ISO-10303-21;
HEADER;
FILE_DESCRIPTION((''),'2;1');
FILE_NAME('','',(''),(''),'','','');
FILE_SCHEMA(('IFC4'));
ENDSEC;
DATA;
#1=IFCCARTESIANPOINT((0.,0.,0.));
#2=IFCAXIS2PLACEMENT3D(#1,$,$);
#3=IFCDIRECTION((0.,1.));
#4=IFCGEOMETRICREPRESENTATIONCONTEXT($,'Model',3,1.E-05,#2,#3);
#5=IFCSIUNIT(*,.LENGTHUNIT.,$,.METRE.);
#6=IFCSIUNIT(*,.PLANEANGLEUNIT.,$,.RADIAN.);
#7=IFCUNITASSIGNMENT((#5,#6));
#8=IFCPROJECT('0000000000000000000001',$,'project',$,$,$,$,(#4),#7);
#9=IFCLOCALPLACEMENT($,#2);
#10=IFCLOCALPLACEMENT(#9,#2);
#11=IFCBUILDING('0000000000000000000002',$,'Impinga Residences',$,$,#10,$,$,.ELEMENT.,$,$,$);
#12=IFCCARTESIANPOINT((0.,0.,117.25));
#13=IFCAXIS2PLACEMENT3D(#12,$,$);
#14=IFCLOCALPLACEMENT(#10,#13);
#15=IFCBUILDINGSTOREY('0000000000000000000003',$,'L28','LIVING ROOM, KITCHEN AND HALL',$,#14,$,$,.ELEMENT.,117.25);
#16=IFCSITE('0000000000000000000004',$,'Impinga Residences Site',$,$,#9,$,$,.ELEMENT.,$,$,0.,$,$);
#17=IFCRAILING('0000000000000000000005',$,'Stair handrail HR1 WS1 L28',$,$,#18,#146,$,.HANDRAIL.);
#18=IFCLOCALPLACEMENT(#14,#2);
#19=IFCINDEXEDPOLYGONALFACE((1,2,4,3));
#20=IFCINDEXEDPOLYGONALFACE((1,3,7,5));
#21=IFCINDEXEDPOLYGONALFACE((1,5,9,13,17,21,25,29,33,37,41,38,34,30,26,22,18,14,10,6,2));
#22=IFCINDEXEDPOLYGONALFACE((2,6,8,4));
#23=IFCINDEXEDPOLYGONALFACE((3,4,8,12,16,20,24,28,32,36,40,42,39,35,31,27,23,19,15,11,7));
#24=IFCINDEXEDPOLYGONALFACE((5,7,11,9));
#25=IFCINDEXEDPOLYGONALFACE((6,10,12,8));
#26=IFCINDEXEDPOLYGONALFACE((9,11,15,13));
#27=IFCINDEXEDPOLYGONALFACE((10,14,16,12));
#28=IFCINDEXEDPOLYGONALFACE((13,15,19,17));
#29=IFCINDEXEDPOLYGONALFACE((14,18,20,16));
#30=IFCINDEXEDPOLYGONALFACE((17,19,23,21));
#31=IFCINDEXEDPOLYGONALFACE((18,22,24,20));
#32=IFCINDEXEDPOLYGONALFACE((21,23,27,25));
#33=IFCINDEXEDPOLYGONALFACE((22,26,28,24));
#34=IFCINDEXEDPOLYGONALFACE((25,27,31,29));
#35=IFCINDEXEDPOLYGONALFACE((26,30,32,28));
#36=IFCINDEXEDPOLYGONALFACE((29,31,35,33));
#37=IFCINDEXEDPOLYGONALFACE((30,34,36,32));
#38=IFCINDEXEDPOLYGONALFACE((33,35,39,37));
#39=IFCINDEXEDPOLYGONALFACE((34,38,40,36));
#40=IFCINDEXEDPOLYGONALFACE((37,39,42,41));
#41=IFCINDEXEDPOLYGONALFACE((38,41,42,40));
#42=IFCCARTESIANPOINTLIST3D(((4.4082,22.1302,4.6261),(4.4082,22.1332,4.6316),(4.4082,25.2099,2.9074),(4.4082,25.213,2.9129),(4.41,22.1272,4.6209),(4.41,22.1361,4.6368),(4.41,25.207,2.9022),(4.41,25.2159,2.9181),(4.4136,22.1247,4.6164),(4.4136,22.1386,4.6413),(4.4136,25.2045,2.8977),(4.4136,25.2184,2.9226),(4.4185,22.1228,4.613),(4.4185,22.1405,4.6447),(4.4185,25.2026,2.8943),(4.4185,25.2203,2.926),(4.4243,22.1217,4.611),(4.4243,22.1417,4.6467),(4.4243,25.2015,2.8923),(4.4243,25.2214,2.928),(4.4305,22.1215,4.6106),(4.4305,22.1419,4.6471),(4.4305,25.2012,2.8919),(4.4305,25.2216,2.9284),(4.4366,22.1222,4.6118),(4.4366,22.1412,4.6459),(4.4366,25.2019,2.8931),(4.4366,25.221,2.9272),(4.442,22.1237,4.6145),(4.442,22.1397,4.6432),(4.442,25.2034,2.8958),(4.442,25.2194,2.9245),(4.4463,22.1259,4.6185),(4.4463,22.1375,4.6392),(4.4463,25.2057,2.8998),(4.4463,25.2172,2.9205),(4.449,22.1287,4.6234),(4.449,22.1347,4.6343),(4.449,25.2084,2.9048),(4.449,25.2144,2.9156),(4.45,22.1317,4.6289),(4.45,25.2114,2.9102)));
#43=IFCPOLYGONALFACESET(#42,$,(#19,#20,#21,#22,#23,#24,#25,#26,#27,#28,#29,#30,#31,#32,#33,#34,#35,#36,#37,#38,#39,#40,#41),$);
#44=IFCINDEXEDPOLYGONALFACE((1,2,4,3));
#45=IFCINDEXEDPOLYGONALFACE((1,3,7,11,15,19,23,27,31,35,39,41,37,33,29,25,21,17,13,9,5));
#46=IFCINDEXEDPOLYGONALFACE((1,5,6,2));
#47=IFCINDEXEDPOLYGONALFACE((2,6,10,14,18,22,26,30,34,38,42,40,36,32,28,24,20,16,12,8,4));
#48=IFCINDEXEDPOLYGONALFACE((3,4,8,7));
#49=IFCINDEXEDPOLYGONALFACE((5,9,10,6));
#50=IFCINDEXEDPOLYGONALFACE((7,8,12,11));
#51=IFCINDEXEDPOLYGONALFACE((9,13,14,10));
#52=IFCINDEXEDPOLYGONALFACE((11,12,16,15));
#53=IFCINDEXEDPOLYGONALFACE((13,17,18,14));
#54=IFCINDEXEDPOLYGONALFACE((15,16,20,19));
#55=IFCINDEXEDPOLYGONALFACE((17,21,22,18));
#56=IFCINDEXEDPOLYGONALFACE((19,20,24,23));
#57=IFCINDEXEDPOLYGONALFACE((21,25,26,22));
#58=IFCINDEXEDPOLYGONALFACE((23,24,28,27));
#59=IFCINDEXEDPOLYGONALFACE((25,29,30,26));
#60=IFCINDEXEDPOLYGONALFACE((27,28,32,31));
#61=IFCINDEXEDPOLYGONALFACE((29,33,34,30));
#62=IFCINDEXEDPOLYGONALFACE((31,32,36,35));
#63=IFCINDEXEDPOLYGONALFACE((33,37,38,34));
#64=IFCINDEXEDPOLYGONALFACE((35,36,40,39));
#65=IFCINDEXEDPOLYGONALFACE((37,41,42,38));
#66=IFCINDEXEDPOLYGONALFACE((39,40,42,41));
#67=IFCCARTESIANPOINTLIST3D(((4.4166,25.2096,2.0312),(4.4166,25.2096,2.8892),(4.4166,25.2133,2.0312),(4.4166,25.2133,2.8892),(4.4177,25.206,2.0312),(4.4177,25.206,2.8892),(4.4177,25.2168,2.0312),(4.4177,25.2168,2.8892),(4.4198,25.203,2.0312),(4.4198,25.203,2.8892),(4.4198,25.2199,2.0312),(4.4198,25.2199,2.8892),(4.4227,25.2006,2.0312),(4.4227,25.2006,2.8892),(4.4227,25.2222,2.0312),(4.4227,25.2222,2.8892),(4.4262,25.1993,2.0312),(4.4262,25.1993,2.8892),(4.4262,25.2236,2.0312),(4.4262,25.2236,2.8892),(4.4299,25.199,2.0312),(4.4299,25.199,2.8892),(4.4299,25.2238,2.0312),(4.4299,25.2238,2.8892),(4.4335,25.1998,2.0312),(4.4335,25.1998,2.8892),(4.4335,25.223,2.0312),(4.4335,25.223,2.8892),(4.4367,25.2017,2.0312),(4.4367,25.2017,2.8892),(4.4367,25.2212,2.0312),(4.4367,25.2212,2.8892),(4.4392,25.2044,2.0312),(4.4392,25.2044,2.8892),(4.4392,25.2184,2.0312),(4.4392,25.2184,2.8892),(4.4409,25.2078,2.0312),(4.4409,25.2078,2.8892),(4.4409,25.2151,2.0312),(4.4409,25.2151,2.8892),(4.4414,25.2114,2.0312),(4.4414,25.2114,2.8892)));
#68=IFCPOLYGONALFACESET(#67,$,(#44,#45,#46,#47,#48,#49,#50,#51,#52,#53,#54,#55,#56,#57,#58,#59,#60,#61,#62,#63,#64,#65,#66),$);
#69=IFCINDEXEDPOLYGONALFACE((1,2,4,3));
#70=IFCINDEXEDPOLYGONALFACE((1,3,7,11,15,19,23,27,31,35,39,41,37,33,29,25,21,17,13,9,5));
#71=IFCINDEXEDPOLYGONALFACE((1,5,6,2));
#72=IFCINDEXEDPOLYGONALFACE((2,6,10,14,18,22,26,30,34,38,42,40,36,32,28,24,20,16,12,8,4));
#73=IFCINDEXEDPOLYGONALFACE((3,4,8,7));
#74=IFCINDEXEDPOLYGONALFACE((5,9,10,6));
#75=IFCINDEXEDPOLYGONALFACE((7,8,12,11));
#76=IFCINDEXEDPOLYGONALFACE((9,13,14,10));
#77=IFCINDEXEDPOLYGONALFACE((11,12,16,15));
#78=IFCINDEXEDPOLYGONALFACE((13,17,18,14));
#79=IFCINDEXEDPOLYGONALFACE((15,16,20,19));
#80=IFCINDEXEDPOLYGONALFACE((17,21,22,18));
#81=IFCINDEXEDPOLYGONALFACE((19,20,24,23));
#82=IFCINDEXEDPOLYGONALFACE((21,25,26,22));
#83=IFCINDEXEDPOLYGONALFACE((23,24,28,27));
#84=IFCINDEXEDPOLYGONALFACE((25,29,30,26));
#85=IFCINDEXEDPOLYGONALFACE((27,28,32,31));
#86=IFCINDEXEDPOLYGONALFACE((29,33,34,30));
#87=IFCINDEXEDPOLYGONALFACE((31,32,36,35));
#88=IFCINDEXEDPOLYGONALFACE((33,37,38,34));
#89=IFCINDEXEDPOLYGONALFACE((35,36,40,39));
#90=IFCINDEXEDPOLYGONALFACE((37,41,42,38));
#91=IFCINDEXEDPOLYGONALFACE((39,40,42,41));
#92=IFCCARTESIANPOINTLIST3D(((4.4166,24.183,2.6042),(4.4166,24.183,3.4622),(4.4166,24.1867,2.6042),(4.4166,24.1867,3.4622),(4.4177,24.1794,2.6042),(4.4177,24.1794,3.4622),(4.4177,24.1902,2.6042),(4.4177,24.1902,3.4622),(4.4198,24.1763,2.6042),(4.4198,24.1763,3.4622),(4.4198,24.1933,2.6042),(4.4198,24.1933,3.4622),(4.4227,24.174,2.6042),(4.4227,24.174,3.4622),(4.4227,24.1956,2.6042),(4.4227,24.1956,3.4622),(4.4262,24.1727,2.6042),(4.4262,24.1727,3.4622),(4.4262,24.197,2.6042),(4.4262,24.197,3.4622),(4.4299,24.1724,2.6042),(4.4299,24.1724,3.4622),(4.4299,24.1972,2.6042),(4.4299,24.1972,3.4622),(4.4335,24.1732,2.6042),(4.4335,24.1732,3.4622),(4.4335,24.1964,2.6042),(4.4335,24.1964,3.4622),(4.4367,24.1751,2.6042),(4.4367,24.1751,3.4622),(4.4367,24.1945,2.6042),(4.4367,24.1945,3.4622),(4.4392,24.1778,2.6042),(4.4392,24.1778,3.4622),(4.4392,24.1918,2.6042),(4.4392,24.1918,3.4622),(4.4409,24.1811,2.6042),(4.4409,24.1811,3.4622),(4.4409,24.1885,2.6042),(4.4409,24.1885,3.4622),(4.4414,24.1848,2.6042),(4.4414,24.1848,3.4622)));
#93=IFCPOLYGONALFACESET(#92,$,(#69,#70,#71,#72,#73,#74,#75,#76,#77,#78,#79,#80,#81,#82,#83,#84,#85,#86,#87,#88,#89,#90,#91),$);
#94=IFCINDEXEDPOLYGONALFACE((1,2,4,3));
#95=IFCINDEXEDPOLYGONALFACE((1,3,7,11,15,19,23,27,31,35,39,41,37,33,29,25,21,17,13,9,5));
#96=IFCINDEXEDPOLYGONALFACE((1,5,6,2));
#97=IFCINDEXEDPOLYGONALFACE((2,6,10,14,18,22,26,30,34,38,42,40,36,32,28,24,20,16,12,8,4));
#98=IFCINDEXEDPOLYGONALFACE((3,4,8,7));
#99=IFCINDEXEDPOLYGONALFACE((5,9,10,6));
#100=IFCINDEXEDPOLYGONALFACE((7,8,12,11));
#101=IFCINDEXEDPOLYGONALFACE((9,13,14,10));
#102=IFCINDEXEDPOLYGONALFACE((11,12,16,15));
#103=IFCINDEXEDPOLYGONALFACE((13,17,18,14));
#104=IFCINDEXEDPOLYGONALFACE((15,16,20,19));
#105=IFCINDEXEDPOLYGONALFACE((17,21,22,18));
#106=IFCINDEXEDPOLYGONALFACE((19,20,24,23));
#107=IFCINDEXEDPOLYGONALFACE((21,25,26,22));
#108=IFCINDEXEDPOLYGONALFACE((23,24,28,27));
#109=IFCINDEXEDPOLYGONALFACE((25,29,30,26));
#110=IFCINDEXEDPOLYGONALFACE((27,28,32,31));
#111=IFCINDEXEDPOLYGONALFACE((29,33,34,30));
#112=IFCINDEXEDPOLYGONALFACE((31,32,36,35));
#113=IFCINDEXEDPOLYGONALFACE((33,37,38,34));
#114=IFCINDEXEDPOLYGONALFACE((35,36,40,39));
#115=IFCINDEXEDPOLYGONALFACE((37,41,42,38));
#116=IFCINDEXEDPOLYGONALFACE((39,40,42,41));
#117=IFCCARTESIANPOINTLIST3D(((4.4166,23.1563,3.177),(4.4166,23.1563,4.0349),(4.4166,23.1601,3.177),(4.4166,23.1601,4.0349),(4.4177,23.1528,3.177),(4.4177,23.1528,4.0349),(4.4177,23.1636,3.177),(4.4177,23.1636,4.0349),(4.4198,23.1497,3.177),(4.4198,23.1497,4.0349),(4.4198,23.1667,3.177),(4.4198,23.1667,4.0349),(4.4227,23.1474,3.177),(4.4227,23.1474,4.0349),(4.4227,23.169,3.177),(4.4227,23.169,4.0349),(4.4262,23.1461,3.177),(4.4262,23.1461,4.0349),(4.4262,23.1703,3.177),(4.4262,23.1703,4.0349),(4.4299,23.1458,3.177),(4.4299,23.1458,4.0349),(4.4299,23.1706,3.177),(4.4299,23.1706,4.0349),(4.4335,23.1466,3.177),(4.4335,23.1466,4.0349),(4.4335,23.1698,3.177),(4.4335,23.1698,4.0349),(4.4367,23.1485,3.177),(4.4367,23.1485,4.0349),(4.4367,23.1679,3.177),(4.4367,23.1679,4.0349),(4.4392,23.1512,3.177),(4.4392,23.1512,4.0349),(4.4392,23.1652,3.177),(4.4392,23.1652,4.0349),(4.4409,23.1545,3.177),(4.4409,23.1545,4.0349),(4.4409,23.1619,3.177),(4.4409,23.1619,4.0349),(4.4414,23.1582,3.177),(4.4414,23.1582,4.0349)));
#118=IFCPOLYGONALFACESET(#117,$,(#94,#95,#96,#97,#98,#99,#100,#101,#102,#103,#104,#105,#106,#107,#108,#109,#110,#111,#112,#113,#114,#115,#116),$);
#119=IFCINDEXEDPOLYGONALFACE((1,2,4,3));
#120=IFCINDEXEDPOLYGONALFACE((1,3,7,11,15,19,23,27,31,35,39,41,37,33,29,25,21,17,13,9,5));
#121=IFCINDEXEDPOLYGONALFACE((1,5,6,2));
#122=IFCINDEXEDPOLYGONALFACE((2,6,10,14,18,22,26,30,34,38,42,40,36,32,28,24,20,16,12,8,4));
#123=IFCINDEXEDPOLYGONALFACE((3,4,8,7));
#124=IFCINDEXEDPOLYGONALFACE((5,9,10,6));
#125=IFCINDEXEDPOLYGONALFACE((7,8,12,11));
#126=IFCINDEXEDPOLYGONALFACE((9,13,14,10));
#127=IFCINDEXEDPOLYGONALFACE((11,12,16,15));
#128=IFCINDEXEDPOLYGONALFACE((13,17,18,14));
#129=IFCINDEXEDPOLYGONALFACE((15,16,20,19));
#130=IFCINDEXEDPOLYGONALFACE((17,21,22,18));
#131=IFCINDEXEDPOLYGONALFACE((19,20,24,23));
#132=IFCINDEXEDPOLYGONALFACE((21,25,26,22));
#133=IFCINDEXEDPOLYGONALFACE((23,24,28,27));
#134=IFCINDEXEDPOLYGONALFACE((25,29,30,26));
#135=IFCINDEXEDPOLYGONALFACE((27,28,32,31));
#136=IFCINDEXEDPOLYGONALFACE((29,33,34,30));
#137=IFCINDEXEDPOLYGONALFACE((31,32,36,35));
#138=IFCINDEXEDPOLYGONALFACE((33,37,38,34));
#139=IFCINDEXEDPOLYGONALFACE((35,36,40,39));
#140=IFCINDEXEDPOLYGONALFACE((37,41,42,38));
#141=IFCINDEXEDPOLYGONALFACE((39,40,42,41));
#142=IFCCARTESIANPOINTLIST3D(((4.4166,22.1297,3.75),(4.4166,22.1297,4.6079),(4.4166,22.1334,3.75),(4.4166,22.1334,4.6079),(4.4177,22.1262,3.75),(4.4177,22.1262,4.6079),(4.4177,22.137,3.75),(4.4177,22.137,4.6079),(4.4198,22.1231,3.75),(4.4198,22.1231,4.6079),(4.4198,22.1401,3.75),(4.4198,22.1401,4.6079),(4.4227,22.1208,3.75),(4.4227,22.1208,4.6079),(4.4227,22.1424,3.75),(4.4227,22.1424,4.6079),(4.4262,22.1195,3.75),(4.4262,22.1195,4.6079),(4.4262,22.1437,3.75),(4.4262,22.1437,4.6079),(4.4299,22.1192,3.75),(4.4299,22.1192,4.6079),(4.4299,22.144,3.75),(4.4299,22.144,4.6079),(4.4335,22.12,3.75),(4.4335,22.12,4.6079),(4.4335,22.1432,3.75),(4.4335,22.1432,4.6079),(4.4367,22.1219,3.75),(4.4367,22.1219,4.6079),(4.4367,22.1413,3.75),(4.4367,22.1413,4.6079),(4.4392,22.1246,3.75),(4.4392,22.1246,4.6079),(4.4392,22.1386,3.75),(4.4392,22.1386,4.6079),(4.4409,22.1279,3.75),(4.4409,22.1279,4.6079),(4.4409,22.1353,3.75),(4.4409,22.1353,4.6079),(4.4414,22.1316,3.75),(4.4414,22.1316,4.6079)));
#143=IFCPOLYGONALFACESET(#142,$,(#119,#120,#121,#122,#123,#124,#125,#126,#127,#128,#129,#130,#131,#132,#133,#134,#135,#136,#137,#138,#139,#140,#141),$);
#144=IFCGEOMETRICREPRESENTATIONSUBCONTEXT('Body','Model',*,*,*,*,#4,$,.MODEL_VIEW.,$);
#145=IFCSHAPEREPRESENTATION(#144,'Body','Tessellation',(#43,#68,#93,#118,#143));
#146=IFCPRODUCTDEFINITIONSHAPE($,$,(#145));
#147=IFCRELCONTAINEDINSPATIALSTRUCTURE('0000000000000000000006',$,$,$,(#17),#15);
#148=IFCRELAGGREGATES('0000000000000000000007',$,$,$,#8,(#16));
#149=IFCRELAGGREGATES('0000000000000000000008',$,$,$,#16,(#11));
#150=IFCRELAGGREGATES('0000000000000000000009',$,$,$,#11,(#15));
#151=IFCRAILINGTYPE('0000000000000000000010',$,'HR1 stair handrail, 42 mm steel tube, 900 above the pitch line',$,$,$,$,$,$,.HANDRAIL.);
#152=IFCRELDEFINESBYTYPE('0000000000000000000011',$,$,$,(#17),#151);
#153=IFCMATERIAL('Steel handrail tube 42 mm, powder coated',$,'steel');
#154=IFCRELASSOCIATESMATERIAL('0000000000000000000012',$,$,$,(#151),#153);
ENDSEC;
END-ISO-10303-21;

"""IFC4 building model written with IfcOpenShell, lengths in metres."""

from ifc_helpers import new_model, si_unit, direction, frame, origin, origin_2d, place, context, subcontext, project, spatial, circle, extrude, material, type_object, element, save


model = new_model("IFC4")

# Units and contexts
model_context = context("Model", 3, precision=1e-05, world=origin(), true_north=direction((0.0, 1.0)))
body_context = subcontext(model_context, "Body", "Model", "MODEL_VIEW")
ifc_project = project(units=[si_unit("LENGTHUNIT", "METRE"), si_unit("PLANEANGLEUNIT", "RADIAN")], contexts=[model_context])

# Site, building, storey
site_placement = place(None, origin())
site = spatial("IfcSite", under=ifc_project, at=site_placement, Name="Impinga Residences Site", CompositionType="ELEMENT", RefElevation=0.0)
building_placement = place(site_placement, origin())
building = spatial("IfcBuilding", under=site, at=building_placement, Name="Impinga Residences", CompositionType="ELEMENT")
storey_placement = place(building_placement, frame((0.0, 0.0, 117.25)))
storey = spatial("IfcBuildingStorey", under=building, at=storey_placement, Name="L28", Description="LIVING ROOM, KITCHEN AND HALL", CompositionType="ELEMENT", Elevation=117.25)

# Railing
ifc_material_1 = material(Name="Steel handrail tube 42 mm, powder coated", Category="steel")
railing_type_1 = type_object("IfcRailingType", Name="HR1 stair handrail, 42 mm steel tube, 900 above the pitch line", PredefinedType="HANDRAIL", material=ifc_material_1)
railing_1_placement = place(storey_placement, frame((4.429, 25.2114, 2.0312)))
element("IfcRailing", 1, at=railing_1_placement, inside=storey, type_object=railing_type_1, Name="Stair handrail HR1 WS1 L28", PredefinedType="HANDRAIL", context=body_context, shape_type="SweptSolid", body=[
    extrude(circle(Radius=0.021, at=origin_2d()), frame((0.0, 0.0, 0.8789), z_axis=(0.0, -0.873225, 0.487317), x_axis=(1.0, 0.0, 0.0)), (0.0, 0.0, 1.0), 3.5269),
    extrude(circle(Radius=0.0125, at=origin_2d()), origin(), (0.0, 0.0, 1.0), 0.8579),
    extrude(circle(Radius=0.0125, at=origin_2d()), frame((0.0, -1.0266, 0.573)), (0.0, 0.0, 1.0), 0.8579),
    extrude(circle(Radius=0.0125, at=origin_2d()), frame((0.0, -2.0532, 1.1458)), (0.0, 0.0, 1.0), 0.8579),
    extrude(circle(Radius=0.0125, at=origin_2d()), frame((0.0, -3.0798, 1.7188)), (0.0, 0.0, 1.0), 0.8579),
])

save(model, "model.ifc")
